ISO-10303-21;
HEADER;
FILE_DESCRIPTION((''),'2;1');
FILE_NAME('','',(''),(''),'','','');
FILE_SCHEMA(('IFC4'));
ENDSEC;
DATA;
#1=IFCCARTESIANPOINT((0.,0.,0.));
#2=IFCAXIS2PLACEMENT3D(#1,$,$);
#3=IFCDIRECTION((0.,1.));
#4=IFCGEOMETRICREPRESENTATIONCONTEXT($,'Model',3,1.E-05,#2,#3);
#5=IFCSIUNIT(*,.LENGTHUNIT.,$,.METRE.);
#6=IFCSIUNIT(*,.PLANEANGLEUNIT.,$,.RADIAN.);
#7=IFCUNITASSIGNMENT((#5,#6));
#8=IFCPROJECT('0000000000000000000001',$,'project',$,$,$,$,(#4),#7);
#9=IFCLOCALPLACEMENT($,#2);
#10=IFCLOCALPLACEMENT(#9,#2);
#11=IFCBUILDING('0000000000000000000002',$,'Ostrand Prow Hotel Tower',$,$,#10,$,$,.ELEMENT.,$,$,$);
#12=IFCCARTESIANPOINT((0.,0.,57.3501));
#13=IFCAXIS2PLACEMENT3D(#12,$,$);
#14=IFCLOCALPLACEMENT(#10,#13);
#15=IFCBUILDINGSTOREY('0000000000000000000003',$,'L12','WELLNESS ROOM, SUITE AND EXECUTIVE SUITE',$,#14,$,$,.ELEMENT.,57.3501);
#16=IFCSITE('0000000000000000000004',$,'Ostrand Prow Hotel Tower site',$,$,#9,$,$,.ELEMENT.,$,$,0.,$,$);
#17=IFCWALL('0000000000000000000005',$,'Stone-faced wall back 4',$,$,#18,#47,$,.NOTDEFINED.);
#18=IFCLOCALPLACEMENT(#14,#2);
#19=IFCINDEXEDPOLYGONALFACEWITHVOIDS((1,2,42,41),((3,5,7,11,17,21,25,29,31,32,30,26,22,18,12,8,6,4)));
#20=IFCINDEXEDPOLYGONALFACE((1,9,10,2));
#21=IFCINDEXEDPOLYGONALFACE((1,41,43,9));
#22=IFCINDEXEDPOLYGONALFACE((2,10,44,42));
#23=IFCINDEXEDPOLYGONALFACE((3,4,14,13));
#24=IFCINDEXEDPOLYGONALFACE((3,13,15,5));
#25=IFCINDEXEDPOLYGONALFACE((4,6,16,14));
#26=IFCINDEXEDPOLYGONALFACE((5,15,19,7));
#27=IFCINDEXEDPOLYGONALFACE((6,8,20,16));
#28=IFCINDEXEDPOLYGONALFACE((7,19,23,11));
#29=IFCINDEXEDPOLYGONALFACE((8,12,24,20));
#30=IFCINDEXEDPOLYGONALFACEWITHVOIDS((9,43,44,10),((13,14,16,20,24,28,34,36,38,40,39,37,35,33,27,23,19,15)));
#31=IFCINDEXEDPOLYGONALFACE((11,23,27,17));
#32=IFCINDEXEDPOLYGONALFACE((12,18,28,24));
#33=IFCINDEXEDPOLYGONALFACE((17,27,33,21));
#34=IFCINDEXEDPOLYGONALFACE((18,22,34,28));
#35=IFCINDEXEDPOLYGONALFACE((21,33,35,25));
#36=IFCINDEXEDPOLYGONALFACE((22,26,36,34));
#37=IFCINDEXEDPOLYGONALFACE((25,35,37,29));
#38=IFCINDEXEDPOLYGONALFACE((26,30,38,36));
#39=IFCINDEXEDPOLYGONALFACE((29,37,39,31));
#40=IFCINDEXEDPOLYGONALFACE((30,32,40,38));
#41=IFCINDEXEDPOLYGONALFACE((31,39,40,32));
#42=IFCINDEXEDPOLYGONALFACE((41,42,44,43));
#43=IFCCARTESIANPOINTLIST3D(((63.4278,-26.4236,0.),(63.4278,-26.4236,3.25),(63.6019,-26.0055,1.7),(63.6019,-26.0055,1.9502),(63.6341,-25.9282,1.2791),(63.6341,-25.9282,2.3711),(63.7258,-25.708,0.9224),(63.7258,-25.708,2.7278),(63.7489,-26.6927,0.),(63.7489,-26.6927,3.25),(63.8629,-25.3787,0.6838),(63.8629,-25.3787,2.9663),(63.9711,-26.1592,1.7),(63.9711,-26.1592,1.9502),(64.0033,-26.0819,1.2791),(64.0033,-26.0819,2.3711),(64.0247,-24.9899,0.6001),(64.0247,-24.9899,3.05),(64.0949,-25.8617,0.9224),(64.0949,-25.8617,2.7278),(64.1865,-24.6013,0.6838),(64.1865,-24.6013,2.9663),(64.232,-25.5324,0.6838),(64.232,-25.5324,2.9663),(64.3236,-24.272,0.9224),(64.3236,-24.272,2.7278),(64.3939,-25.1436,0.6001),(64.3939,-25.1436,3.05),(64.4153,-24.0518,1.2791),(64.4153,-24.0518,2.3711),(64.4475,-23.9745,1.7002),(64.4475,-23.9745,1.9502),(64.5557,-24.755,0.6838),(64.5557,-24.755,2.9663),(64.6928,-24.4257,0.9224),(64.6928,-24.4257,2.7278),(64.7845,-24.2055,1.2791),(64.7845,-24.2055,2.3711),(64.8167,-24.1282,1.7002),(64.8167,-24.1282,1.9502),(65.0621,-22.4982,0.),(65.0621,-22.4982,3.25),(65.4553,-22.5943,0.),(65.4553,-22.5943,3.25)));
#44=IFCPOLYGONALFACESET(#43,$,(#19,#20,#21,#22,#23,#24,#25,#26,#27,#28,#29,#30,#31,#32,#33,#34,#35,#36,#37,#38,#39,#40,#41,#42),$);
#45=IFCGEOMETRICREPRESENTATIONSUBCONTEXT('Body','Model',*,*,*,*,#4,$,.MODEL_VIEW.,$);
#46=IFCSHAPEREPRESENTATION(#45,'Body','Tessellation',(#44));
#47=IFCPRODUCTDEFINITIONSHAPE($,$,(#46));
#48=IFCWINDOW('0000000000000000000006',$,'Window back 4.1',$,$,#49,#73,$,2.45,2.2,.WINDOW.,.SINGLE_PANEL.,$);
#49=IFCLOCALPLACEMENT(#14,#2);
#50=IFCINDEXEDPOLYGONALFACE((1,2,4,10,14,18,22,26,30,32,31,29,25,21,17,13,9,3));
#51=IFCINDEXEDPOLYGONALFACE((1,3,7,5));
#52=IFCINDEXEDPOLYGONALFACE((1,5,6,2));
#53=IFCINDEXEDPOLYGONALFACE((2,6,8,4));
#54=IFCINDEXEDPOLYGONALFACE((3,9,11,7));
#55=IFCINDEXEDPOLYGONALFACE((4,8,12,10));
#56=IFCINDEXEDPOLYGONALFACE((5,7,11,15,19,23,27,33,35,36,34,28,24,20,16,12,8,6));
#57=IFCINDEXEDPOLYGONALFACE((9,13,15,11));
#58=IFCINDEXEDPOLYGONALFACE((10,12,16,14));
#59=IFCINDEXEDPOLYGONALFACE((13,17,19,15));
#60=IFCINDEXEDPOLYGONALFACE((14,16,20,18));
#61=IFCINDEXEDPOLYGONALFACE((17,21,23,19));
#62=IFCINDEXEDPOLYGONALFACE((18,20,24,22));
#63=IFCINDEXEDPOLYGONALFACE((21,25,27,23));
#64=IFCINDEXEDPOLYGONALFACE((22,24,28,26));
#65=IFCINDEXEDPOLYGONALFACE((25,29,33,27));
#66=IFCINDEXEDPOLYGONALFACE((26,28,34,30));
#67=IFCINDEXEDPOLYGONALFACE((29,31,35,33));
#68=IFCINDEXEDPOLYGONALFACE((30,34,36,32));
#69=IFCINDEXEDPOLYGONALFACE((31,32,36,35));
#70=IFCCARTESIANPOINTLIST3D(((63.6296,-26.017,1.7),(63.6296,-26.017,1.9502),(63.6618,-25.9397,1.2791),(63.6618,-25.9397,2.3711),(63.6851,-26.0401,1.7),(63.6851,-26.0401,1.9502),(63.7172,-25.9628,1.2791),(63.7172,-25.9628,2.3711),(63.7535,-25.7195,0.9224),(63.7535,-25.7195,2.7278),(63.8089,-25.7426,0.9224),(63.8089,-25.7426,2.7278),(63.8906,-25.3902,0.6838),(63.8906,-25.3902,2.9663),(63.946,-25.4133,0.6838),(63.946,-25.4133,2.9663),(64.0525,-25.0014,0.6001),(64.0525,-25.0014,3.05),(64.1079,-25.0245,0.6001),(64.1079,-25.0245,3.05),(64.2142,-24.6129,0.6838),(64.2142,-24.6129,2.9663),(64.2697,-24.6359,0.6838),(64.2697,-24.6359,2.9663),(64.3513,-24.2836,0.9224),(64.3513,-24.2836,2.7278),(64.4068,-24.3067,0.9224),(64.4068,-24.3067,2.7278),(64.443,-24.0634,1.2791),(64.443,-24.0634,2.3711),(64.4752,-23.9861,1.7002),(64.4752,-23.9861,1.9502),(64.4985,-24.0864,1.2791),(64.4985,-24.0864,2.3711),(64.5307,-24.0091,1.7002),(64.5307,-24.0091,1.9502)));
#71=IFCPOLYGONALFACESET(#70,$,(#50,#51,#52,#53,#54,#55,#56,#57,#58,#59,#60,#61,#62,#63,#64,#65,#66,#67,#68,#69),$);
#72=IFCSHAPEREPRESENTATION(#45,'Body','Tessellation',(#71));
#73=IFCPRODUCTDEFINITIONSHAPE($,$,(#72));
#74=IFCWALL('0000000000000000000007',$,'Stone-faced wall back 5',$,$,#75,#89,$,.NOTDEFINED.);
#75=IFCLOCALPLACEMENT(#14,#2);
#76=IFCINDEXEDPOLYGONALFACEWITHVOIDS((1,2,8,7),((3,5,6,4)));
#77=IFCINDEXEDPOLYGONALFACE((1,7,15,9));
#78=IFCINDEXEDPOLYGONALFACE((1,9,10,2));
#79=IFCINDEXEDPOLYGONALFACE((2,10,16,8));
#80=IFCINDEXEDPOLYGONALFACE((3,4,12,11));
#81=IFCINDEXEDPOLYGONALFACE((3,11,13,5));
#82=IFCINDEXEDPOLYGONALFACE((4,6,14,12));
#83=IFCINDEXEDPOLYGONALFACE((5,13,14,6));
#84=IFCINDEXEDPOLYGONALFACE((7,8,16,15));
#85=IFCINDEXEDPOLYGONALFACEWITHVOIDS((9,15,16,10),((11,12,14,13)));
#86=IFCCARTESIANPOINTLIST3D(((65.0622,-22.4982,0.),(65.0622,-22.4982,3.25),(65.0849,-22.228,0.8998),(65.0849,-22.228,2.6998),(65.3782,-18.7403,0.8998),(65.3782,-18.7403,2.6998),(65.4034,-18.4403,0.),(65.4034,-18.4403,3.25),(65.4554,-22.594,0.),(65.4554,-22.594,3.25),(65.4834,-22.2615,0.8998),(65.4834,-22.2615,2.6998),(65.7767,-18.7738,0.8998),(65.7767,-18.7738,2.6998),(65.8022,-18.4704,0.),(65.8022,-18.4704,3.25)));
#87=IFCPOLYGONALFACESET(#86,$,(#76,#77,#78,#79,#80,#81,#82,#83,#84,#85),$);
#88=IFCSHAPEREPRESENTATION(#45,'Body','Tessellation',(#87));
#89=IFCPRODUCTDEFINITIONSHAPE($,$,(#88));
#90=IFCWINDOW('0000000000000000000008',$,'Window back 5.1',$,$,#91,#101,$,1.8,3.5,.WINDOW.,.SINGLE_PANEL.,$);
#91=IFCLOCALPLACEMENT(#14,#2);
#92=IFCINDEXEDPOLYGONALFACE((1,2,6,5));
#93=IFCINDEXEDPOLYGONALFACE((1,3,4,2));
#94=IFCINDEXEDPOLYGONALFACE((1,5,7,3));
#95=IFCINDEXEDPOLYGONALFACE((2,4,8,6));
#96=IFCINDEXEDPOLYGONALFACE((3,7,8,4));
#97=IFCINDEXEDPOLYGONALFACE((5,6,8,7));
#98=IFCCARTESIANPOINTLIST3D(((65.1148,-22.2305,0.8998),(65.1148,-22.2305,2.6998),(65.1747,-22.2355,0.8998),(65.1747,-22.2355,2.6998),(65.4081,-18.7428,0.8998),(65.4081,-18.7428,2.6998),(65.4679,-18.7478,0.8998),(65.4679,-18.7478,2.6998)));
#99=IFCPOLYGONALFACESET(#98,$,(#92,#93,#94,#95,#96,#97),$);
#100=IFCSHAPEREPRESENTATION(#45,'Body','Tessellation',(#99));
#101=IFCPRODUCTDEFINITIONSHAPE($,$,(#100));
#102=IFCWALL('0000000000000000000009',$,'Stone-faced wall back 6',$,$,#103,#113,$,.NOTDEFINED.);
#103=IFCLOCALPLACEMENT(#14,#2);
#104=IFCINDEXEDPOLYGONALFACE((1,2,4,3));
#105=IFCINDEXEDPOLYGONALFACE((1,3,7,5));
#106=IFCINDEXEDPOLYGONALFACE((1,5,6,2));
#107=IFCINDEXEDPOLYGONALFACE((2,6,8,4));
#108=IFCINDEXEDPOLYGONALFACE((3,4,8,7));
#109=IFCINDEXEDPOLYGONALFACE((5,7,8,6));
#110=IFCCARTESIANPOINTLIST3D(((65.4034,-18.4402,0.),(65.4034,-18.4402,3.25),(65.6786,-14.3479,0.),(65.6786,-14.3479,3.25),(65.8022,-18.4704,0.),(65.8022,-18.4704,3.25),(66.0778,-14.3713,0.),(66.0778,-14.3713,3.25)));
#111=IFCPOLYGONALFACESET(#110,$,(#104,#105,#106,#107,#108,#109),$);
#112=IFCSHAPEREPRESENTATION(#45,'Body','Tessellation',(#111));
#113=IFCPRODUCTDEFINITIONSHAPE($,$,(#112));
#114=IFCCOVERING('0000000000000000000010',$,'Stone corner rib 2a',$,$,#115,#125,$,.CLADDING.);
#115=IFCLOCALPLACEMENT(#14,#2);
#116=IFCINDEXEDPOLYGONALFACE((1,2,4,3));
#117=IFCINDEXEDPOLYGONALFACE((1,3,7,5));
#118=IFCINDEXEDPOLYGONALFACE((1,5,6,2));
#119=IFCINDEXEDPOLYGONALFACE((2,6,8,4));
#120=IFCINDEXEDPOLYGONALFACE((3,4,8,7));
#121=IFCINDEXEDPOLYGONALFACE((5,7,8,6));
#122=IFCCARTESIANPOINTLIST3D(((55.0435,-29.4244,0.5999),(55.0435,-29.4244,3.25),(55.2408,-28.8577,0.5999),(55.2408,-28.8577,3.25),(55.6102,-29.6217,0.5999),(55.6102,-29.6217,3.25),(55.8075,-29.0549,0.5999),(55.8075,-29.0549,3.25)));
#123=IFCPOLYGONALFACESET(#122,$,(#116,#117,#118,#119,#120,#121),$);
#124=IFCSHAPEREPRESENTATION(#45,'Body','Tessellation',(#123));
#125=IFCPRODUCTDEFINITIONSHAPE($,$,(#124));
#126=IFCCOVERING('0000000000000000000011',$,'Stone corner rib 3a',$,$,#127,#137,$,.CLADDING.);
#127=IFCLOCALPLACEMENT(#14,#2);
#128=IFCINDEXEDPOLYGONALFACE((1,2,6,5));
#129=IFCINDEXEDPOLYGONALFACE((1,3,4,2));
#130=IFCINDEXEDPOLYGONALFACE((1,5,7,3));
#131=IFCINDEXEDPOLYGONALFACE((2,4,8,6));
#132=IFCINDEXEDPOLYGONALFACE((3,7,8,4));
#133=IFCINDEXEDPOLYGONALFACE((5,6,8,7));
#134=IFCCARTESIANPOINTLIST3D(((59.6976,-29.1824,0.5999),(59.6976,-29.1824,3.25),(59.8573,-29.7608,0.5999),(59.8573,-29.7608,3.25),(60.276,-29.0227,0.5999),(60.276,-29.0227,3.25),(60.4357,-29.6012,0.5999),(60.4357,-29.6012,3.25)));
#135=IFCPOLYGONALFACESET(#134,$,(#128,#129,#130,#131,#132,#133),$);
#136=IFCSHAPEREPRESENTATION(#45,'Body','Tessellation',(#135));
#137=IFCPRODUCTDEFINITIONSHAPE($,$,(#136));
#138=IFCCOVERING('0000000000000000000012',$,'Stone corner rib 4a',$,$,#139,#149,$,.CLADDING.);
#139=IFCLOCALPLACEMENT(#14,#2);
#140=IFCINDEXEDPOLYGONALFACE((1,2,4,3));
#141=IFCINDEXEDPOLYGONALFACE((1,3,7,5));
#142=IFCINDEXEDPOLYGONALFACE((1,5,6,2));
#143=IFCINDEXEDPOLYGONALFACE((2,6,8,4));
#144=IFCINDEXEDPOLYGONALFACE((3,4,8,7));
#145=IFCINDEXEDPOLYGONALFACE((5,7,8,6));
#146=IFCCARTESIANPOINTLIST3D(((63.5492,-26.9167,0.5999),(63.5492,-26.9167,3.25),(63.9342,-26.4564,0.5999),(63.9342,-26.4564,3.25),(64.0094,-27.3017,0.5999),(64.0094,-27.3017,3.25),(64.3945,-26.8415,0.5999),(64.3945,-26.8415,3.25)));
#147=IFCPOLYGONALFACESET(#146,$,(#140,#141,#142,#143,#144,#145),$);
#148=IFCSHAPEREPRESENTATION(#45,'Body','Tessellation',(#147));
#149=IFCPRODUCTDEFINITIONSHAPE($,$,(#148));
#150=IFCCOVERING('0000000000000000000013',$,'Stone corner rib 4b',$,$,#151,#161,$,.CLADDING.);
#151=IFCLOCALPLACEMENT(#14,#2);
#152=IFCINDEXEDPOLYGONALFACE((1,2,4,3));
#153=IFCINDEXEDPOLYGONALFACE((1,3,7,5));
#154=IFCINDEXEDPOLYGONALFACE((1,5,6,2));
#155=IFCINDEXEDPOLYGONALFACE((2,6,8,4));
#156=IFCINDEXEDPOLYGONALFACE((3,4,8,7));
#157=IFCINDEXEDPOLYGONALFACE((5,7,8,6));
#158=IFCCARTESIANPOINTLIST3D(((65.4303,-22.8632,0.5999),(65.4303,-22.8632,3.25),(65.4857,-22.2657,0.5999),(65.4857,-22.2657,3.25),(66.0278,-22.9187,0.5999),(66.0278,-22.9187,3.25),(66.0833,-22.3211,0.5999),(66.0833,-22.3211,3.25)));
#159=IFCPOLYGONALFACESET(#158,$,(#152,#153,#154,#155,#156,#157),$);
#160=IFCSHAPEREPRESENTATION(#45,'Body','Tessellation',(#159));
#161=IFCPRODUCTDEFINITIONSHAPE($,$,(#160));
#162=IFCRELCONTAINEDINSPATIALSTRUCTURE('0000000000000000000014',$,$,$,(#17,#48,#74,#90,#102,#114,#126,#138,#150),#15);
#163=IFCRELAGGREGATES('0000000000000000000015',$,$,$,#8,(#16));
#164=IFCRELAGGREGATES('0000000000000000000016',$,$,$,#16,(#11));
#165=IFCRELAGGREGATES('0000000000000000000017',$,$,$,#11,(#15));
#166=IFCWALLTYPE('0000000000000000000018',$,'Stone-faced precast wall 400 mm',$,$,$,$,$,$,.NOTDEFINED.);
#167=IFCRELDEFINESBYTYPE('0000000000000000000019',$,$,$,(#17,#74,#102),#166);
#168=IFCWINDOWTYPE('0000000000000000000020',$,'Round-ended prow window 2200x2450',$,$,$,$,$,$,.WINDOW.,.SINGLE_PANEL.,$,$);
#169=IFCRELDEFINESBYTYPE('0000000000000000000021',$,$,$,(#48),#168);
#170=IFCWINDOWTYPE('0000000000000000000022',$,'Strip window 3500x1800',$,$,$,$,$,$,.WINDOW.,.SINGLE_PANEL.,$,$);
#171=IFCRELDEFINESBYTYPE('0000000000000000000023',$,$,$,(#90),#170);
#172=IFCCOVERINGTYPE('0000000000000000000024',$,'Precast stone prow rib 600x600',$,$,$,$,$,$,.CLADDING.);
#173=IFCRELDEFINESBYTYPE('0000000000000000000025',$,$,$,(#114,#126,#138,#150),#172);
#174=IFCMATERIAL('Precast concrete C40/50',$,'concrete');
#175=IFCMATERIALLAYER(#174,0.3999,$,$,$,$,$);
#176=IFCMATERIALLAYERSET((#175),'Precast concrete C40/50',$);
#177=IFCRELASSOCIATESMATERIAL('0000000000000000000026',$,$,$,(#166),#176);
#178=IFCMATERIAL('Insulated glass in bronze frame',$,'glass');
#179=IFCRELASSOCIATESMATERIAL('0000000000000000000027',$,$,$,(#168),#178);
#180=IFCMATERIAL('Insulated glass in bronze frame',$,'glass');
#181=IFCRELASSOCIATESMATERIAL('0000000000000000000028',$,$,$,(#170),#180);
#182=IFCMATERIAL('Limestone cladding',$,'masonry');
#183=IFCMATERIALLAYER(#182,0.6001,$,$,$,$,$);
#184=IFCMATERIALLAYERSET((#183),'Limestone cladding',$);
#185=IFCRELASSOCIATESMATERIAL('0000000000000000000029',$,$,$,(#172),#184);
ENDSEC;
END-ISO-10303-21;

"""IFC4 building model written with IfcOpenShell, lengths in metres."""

from ifc_helpers import new_model, si_unit, direction, frame, frame_2d, origin, place, context, subcontext, project, spatial, polyline, rectangle, outline, extrude, material, layer, layer_set, type_object, element, fill, save


model = new_model("IFC4")

# Units and contexts
model_context = context("Model", 3, precision=1e-05, world=origin(), true_north=direction((0.0, 1.0)))
body_context = subcontext(model_context, "Body", "Model", "MODEL_VIEW")
ifc_project = project(units=[si_unit("LENGTHUNIT", "METRE"), si_unit("PLANEANGLEUNIT", "RADIAN")], contexts=[model_context])

# Site, building, storey
site_placement = place(None, origin())
site = spatial("IfcSite", under=ifc_project, at=site_placement, Name="Ostrand Prow Hotel Tower site", CompositionType="ELEMENT", RefElevation=0.0)
building_placement = place(site_placement, origin())
building = spatial("IfcBuilding", under=site, at=building_placement, Name="Ostrand Prow Hotel Tower", CompositionType="ELEMENT")
storey_placement = place(building_placement, frame((0.0, 0.0, 57.3501)))
storey = spatial("IfcBuildingStorey", under=building, at=storey_placement, Name="L12", Description="WELLNESS ROOM, SUITE AND EXECUTIVE SUITE", CompositionType="ELEMENT", Elevation=57.3501)

# Walls, openings, windows
ifc_material_1 = material(Name="Precast concrete C40/50", Category="concrete")
ifc_layer_1 = layer(ifc_material_1, 0.3999)
ifc_layer_set_1 = layer_set([ifc_layer_1], Name="Precast concrete C40/50")
wall_type_1 = type_object("IfcWallType", Name="Stone-faced precast wall 400 mm", PredefinedType="NOTDEFINED", material=ifc_layer_set_1)
ifc_material_2 = material(Name="Insulated glass in bronze frame", Category="glass")
window_type_1 = type_object("IfcWindowType", Name="Round-ended prow window 2200x2450", PartitioningType="SINGLE_PANEL", PredefinedType="WINDOW", material=ifc_material_2)
wall_1_placement = place(storey_placement, frame((63.5884, -26.5581, 0.0), z_axis=(0.0, 0.0, 1.0), x_axis=(0.384372, 0.923178, 0.0)))
wall_1 = element("IfcWall", 1, at=wall_1_placement, inside=storey, type_object=wall_type_1, Name="Stone-faced wall back 4", PredefinedType="NOTDEFINED", context=body_context, shape_type="SweptSolid", body=[
    extrude(outline(polyline([(-0.0625, -0.2), (4.377, -0.2), (4.3145, 0.2), (0.0625, 0.2), (-0.0625, -0.2)])), origin(), (0.0, 0.0, 1.0), 3.25),
])
opening_1_placement = place(wall_1_placement, frame((0.5154, 0.0, 0.6001)))
opening_1 = element("IfcOpeningElement", 2, at=opening_1_placement, cuts=wall_1, PredefinedType="OPENING", context=body_context, shape_type="SweptSolid", body=[
    extrude(outline(polyline([(0.0, 1.3501), (0.0837, 1.771), (0.3223, 2.1277), (0.679, 2.3662), (1.1001, 2.45), (1.521, 2.3662), (1.8777, 2.1277), (2.1162, 1.771), (2.2, 1.3501), (2.2, 1.1001), (2.1162, 0.679), (1.8777, 0.3223), (1.521, 0.0837), (1.1001, 0.0), (0.679, 0.0837), (0.3223, 0.3223), (0.0837, 0.679), (0.0, 1.0999), (0.0, 1.3501)])), frame((0.0, 0.21, 0.0), z_axis=(0.0, -1.0, 0.0), x_axis=(1.0, 0.0, 0.0)), (0.0, 0.0, 1.0), 0.4199),
])
window_1_placement = place(opening_1_placement, origin())
window_1 = element("IfcWindow", 3, at=window_1_placement, inside=storey, type_object=window_type_1, Name="Window back 4.1", OverallHeight=2.45, OverallWidth=2.2, PartitioningType="SINGLE_PANEL", PredefinedType="WINDOW", context=body_context, shape_type="SweptSolid", body=[
    extrude(outline(polyline([(0.0, 1.3501), (0.0837, 1.771), (0.3223, 2.1277), (0.679, 2.3662), (1.1001, 2.45), (1.521, 2.3662), (1.8777, 2.1277), (2.1162, 1.771), (2.2, 1.3501), (2.2, 1.1001), (2.1162, 0.679), (1.8777, 0.3223), (1.521, 0.0837), (1.1001, 0.0), (0.679, 0.0837), (0.3223, 0.3223), (0.0837, 0.679), (0.0, 1.0999), (0.0, 1.3501)])), frame((0.0, 0.1699, 0.0), z_axis=(0.0, -1.0, 0.0), x_axis=(1.0, 0.0, 0.0)), (0.0, 0.0, 1.0), 0.0601),
])
fill(opening_1, window_1)
wall_2_placement = place(storey_placement, frame((65.2588, -22.5461, 0.0), z_axis=(0.0, 0.0, 1.0), x_axis=(0.083794, 0.996483, 0.0)))
wall_2 = element("IfcWall", 4, at=wall_2_placement, inside=storey, type_object=wall_type_1, Name="Stone-faced wall back 5", PredefinedType="NOTDEFINED", context=body_context, shape_type="SweptSolid", body=[
    extrude(outline(polyline([(-0.0312, -0.2), (4.1069, -0.2), (4.1035, 0.2), (0.0312, 0.2), (-0.0312, -0.2)])), origin(), (0.0, 0.0, 1.0), 3.25),
])
opening_2_placement = place(wall_2_placement, frame((0.3025, 0.0, 0.8999)))
opening_2 = element("IfcOpeningElement", 5, at=opening_2_placement, cuts=wall_2, PredefinedType="OPENING", context=body_context, shape_type="SweptSolid", body=[
    extrude(rectangle(XDim=3.5, YDim=1.8, at=frame_2d((1.75, 0.8999))), frame((0.0, 0.21, 0.0), z_axis=(0.0, -1.0, 0.0), x_axis=(1.0, 0.0, 0.0)), (0.0, 0.0, 1.0), 0.4199),
])
ifc_material_3 = material(Name="Insulated glass in bronze frame", Category="glass")
window_type_2 = type_object("IfcWindowType", Name="Strip window 3500x1800", PartitioningType="SINGLE_PANEL", PredefinedType="WINDOW", material=ifc_material_3)
window_2_placement = place(opening_2_placement, origin())
window_2 = element("IfcWindow", 6, at=window_2_placement, inside=storey, type_object=window_type_2, Name="Window back 5.1", OverallHeight=1.8, OverallWidth=3.5, PartitioningType="SINGLE_PANEL", PredefinedType="WINDOW", context=body_context, shape_type="SweptSolid", body=[
    extrude(rectangle(XDim=3.5, YDim=1.8, at=frame_2d((1.75, 0.8999))), frame((0.0, 0.1699, 0.0), z_axis=(0.0, -1.0, 0.0), x_axis=(1.0, 0.0, 0.0)), (0.0, 0.0, 1.0), 0.0601),
])
fill(opening_2, window_2)

# Wall
wall_3_placement = place(storey_placement, frame((65.6028, -18.4553, 0.0), z_axis=(0.0, 0.0, 1.0), x_axis=(0.067087, 0.997747, 0.0)))
element("IfcWall", 7, at=wall_3_placement, inside=storey, type_object=wall_type_1, Name="Stone-faced wall back 6", PredefinedType="NOTDEFINED", context=body_context, shape_type="SweptSolid", body=[
    extrude(outline(polyline([(-0.0017, -0.2), (4.1067, -0.2), (4.1033, 0.2), (0.0017, 0.2), (-0.0017, -0.2)])), origin(), (0.0, 0.0, 1.0), 3.25),
])

# Coverings
ifc_material_4 = material(Name="Limestone cladding", Category="masonry")
ifc_layer_2 = layer(ifc_material_4, 0.6001)
ifc_layer_set_2 = layer_set([ifc_layer_2], Name="Limestone cladding")
covering_type = type_object("IfcCoveringType", Name="Precast stone prow rib 600x600", PredefinedType="CLADDING", material=ifc_layer_set_2)
for number, where, z_axis, x_axis, name in (
    (8, (55.5242, -28.9563, 0.5999), (0.0, 0.0, 1.0), (-0.328773, -0.944409, 0.0), "Stone corner rib 2a"),
    (9, (59.9868, -29.1025, 0.5999), (0.0, 0.0, 1.0), (0.266112, -0.963942, 0.0), "Stone corner rib 3a"),
    (10, (63.7417, -26.6865, 0.5999), (0.0, 0.0, 1.0), (0.766986, -0.641664, 0.0), "Stone corner rib 4a"),
    (11, (65.458, -22.5645, 0.5999), (0.0, 0.0, 1.0), (0.995725, -0.09237, 0.0), "Stone corner rib 4b"),
):
    element("IfcCovering", number, at=place(storey_placement, frame(where, z_axis=z_axis, x_axis=x_axis)), inside=storey, type_object=covering_type, Name=name, PredefinedType="CLADDING", context=body_context, shape_type="SweptSolid", body=[
        extrude(rectangle(XDim=0.6001, YDim=0.6001, at=frame_2d((0.3, 0.0))), origin(), (0.0, 0.0, 1.0), 2.6501),
    ])

save(model, "model.ifc")
